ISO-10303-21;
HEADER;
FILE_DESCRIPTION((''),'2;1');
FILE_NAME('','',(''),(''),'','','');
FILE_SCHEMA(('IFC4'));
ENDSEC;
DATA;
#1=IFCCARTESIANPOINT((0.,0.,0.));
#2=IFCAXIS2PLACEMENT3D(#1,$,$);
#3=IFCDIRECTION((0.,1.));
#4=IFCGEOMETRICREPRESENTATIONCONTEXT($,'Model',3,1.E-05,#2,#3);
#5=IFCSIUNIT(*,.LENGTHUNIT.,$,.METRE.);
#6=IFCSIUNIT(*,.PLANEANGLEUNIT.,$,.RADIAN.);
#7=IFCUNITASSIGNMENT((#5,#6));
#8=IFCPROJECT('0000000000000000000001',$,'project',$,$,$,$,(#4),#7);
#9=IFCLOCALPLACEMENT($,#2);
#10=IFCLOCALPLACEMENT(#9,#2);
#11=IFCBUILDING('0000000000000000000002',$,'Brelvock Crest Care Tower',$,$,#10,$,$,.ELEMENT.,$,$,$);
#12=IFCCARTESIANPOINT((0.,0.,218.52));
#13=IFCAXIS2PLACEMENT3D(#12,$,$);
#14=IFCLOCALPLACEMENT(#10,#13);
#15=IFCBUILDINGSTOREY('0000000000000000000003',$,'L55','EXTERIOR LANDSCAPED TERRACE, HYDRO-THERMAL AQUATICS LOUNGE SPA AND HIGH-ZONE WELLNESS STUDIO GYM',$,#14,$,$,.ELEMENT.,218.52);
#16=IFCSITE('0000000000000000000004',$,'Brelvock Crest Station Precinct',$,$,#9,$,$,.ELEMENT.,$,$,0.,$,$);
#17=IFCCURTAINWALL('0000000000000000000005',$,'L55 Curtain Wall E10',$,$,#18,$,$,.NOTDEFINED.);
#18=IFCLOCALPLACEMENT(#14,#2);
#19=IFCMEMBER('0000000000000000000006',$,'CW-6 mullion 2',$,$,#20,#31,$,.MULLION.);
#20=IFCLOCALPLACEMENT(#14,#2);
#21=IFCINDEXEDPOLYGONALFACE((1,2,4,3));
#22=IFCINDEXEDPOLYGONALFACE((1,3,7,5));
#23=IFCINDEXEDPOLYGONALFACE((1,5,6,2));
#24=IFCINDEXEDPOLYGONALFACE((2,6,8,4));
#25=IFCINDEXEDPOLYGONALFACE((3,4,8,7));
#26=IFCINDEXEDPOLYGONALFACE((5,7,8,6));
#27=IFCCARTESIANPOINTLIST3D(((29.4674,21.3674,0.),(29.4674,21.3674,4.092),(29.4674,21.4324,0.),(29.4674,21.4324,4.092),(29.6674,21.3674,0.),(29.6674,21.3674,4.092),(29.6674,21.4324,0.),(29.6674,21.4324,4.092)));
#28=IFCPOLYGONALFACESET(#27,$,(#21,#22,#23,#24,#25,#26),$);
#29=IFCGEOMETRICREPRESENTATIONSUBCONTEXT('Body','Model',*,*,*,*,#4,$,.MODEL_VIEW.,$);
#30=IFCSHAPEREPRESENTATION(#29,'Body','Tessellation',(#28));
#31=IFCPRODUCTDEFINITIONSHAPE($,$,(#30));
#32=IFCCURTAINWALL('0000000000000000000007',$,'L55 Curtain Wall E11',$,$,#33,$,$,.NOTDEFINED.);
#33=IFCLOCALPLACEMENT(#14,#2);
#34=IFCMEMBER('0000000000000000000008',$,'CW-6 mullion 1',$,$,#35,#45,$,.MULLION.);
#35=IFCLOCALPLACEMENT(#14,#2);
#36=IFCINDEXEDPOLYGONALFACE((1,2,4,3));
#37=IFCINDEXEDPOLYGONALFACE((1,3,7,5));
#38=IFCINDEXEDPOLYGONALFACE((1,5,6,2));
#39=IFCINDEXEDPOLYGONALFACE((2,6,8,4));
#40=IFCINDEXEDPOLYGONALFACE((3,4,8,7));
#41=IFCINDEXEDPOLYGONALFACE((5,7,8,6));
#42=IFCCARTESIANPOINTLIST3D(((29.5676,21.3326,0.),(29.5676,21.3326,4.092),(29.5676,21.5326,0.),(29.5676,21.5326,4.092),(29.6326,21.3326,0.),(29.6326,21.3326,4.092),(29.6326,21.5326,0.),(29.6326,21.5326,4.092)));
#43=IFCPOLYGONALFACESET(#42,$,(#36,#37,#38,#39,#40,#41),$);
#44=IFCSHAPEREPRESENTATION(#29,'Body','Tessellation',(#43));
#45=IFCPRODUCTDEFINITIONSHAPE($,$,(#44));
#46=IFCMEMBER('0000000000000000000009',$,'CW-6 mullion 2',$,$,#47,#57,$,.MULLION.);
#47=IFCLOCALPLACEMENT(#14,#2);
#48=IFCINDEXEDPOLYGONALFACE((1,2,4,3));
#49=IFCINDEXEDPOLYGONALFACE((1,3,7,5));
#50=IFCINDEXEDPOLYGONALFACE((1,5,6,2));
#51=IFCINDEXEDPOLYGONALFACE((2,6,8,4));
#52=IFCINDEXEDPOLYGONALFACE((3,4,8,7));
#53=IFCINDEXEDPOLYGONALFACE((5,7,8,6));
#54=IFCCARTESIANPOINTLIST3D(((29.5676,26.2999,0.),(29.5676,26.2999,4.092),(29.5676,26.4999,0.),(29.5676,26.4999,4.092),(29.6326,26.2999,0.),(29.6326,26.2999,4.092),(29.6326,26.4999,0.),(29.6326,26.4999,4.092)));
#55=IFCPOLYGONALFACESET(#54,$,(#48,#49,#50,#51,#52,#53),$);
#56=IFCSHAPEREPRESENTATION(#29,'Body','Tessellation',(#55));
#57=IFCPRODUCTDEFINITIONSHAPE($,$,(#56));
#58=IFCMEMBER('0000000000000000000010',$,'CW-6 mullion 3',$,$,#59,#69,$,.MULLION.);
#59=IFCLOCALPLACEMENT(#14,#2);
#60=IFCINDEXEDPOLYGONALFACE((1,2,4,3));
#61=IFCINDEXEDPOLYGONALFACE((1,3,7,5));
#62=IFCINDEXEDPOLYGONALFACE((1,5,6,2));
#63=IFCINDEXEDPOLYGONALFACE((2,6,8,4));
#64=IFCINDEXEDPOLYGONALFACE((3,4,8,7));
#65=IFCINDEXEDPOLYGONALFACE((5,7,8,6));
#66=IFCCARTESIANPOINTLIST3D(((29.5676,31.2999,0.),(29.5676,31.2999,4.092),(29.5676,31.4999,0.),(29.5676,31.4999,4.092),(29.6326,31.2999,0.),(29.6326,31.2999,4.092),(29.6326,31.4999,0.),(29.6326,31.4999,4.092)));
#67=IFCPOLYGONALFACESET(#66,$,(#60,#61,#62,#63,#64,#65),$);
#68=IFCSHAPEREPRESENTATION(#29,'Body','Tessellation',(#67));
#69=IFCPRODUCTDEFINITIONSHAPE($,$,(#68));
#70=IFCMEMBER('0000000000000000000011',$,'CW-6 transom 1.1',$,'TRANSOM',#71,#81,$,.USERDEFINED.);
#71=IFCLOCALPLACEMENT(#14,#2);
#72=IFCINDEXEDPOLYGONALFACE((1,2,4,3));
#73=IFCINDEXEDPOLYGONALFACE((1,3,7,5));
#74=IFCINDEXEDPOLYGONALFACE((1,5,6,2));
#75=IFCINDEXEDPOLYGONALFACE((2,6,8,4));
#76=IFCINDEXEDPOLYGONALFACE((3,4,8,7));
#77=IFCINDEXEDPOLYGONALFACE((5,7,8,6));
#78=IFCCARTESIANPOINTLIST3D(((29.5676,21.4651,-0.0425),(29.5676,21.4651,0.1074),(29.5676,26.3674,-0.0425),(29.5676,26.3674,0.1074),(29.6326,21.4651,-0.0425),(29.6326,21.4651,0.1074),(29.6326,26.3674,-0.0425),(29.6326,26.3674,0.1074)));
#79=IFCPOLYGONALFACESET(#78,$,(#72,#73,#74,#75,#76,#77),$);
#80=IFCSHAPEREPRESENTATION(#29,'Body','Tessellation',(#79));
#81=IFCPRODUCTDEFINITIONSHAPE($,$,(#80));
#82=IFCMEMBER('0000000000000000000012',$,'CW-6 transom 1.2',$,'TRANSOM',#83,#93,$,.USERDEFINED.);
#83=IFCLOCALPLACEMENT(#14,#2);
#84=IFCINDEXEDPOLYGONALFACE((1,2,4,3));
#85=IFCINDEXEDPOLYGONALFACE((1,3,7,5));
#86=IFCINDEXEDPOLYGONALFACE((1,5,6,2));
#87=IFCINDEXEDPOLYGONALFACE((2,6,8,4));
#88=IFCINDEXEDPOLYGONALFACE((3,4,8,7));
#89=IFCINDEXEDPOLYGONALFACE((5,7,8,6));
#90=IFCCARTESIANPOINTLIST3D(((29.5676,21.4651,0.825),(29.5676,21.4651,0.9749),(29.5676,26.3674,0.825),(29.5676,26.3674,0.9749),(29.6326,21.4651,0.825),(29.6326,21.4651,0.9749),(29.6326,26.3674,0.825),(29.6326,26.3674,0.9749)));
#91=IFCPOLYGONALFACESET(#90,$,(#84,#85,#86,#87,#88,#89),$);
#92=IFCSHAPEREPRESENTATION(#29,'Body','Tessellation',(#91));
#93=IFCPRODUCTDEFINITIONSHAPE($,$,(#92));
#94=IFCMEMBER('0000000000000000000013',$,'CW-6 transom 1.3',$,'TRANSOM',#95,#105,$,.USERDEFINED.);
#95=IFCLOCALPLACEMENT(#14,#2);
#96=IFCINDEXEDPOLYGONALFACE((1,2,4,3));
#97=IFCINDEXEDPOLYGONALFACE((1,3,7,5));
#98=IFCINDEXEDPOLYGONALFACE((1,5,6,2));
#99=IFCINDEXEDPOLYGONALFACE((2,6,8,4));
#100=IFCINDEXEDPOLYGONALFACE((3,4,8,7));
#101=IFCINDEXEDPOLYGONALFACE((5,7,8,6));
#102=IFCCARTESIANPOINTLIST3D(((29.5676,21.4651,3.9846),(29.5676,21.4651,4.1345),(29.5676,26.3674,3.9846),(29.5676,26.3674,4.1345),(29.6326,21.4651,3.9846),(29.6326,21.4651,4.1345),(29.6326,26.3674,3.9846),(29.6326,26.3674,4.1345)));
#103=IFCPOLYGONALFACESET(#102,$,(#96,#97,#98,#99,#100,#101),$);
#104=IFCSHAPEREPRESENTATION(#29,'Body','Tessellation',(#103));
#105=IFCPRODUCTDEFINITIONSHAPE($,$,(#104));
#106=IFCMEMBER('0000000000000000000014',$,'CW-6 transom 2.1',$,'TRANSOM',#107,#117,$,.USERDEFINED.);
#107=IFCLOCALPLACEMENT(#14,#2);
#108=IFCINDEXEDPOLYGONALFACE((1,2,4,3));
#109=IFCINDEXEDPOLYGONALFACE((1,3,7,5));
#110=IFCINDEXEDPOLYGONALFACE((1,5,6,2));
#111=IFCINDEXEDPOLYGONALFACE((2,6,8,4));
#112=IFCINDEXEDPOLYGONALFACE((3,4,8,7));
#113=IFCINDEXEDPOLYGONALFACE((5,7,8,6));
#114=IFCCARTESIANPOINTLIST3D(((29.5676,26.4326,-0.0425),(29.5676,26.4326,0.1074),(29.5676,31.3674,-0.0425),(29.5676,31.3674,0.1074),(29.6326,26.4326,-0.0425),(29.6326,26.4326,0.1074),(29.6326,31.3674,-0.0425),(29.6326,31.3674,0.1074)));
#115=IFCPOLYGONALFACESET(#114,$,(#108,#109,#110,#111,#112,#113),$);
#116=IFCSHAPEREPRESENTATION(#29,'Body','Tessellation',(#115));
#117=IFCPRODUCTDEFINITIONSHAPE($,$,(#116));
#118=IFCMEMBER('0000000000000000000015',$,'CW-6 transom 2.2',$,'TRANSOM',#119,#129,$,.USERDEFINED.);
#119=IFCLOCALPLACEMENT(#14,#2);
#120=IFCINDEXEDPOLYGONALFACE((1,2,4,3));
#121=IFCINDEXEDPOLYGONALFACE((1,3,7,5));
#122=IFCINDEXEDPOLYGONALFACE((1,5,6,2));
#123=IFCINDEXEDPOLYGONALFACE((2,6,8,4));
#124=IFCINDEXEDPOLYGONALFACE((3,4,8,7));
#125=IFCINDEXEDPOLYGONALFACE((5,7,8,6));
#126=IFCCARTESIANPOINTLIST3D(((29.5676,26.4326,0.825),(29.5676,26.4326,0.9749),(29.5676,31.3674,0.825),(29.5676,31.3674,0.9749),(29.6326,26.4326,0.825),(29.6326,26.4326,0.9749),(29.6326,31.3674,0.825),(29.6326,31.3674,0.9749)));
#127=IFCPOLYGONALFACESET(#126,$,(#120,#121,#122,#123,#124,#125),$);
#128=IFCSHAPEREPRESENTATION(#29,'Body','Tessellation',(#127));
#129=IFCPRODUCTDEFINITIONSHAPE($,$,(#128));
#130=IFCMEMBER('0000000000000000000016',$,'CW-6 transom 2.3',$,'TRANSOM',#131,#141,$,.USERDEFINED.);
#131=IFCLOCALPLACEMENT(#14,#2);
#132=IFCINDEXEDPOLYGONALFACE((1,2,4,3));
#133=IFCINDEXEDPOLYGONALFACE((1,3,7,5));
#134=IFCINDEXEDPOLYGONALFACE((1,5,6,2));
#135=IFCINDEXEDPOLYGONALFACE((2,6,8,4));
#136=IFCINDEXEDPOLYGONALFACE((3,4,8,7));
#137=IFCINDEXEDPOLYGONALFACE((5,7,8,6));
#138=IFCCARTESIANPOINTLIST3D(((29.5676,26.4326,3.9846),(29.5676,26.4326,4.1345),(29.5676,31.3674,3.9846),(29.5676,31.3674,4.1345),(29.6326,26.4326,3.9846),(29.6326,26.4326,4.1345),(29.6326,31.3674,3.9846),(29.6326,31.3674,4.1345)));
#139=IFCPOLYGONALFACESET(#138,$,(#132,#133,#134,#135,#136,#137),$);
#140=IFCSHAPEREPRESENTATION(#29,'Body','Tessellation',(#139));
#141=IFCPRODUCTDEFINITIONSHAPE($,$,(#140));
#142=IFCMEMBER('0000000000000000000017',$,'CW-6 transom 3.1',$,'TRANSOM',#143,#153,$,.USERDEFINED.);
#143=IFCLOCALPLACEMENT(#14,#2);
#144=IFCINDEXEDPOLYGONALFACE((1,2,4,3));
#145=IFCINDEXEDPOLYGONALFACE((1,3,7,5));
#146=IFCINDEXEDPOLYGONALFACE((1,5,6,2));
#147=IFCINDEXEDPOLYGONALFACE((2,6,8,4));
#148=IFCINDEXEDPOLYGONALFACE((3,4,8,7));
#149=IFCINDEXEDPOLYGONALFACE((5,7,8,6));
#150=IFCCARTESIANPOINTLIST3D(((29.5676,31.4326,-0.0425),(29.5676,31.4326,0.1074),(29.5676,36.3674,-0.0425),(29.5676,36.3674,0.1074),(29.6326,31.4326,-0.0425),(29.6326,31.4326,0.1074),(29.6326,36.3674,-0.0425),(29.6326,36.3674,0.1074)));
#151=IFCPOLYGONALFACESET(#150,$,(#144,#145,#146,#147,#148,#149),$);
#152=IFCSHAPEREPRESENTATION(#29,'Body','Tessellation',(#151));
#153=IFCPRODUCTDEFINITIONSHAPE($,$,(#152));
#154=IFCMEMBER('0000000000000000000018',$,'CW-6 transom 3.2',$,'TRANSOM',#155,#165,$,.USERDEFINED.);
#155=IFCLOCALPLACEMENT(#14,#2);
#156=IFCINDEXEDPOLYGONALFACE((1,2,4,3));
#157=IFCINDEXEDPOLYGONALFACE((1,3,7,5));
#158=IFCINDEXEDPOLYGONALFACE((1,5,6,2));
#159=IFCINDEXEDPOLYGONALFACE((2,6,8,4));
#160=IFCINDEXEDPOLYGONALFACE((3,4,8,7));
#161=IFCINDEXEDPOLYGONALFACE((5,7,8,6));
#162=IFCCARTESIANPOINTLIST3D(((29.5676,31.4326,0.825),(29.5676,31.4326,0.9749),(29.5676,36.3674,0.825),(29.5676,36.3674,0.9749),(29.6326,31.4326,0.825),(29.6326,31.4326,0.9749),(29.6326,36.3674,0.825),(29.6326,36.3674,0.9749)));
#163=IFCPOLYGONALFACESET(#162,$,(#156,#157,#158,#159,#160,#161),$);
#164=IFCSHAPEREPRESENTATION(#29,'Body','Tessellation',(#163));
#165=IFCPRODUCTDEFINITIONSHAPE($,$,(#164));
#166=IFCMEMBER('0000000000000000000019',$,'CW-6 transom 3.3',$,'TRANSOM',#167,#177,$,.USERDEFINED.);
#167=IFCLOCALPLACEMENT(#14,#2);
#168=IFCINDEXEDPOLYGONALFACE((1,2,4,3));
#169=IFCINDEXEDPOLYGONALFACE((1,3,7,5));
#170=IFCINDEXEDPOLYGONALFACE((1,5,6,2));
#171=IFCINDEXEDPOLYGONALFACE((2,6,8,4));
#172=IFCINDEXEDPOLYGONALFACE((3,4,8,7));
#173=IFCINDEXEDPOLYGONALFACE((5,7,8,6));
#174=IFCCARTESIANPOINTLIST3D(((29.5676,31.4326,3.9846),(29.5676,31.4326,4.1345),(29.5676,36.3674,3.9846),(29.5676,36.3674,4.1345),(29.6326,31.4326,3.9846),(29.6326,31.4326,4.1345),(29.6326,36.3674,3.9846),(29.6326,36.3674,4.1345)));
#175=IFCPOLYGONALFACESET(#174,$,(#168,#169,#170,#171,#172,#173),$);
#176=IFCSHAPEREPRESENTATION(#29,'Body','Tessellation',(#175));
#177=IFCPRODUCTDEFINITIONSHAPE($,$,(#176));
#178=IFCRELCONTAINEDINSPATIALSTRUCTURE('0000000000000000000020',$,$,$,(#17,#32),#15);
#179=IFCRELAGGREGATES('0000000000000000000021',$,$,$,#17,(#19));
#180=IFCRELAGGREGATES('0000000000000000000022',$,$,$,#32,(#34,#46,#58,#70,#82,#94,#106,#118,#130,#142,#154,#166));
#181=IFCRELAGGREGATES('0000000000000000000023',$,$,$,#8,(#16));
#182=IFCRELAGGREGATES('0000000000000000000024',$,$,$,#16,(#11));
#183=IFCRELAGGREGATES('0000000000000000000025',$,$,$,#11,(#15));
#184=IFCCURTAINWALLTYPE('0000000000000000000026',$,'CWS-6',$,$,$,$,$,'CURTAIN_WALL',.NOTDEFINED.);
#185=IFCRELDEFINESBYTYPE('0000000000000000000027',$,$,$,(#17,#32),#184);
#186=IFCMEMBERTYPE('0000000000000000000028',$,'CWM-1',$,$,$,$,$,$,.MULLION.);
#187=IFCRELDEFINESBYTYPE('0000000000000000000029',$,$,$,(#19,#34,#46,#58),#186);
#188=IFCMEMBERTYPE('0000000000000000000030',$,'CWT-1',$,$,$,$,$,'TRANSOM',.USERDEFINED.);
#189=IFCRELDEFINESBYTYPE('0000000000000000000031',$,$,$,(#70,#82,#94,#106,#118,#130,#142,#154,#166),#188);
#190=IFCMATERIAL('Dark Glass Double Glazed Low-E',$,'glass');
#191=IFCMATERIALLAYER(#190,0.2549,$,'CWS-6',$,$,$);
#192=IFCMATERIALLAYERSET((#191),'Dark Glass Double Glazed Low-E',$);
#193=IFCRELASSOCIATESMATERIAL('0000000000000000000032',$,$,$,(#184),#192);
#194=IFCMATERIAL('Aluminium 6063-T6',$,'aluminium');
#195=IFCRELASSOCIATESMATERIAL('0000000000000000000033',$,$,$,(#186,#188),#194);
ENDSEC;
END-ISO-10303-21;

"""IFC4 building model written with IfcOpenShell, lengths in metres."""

from ifc_helpers import new_model, si_unit, direction, frame, origin, origin_2d, place, context, subcontext, project, spatial, rectangle, extrude, source, transform, mapped, material, layer, layer_set, material_profile, profile_set, type_object, element, aggregate, save


model = new_model("IFC4")

# Units and contexts
model_context = context("Model", 3, precision=1e-05, world=origin(), true_north=direction((0.0, 1.0)))
body_context = subcontext(model_context, "Body", "Model", "MODEL_VIEW")
ifc_project = project(units=[si_unit("LENGTHUNIT", "METRE"), si_unit("PLANEANGLEUNIT", "RADIAN")], contexts=[model_context])

# Site, building, storey
site_placement = place(None, origin())
site = spatial("IfcSite", under=ifc_project, at=site_placement, Name="Brelvock Crest Station Precinct", CompositionType="ELEMENT", RefElevation=0.0)
building_placement = place(site_placement, origin())
building = spatial("IfcBuilding", under=site, at=building_placement, Name="Brelvock Crest Care Tower", CompositionType="ELEMENT")
storey_placement = place(building_placement, frame((0.0, 0.0, 218.52)))
storey = spatial("IfcBuildingStorey", under=building, at=storey_placement, Name="L55", Description="EXTERIOR LANDSCAPED TERRACE, HYDRO-THERMAL AQUATICS LOUNGE SPA AND HIGH-ZONE WELLNESS STUDIO GYM", CompositionType="ELEMENT", Elevation=218.52)

# Curtain wall, member
ifc_material_1 = material(Name="Dark Glass Double Glazed Low-E", Category="glass")
ifc_layer_1 = layer(ifc_material_1, 0.2549, Name="CWS-6")
ifc_layer_set_1 = layer_set([ifc_layer_1], Name="Dark Glass Double Glazed Low-E")
curtain_wall_type = type_object("IfcCurtainWallType", Name="CWS-6", ElementType="CURTAIN_WALL", PredefinedType="NOTDEFINED", material=ifc_layer_set_1)
curtain_wall_1_placement = place(storey_placement, origin())
curtain_wall_1 = element("IfcCurtainWall", 1, at=curtain_wall_1_placement, inside=storey, type_object=curtain_wall_type, Name="L55 Curtain Wall E10", PredefinedType="NOTDEFINED")
ifc_material_2 = material(Name="Aluminium 6063-T6", Category="aluminium")
ifc_material_profile_1 = material_profile(ifc_material_2, rectangle(XDim=0.0649, YDim=0.2, at=origin_2d()), Name="ALU65x200")
ifc_profile_set_1 = profile_set([ifc_material_profile_1], Name="Aluminium 6063-T6")
member_type_1 = type_object("IfcMemberType", Name="CWM-1", PredefinedType="MULLION", material=ifc_profile_set_1)
shared_shape_1 = source(origin(), body_context, "Body", "SweptSolid", [
    extrude(rectangle(XDim=0.0649, YDim=0.2, at=origin_2d()), origin(), (0.0, 0.0, 1.0), 4.092),
])
member_1_placement = place(storey_placement, frame((29.5674, 21.3999, 0.0), z_axis=(0.0, 0.0, 1.0), x_axis=(0.0, 1.0, 0.0)))
member_1 = element("IfcMember", 2, at=member_1_placement, type_object=member_type_1, Name="CW-6 mullion 2", PredefinedType="MULLION", context=body_context, shape_type="MappedRepresentation", body=[
    mapped(shared_shape_1, transform((0.0, 0.0, 0.0), x_axis=(1.0, 0.0, 0.0), y_axis=(0.0, 1.0, 0.0), z_axis=(0.0, 0.0, 1.0), scale=1.0)),
])

# Curtain wall, members
curtain_wall_2_placement = place(storey_placement, origin())
curtain_wall_2 = element("IfcCurtainWall", 3, at=curtain_wall_2_placement, inside=storey, type_object=curtain_wall_type, Name="L55 Curtain Wall E11", PredefinedType="NOTDEFINED")
member_2_placement = place(storey_placement, frame((29.6001, 21.4326, 0.0), z_axis=(0.0, 0.0, 1.0), x_axis=(-1.0, 0.0, 0.0)))
member_2 = element("IfcMember", 4, at=member_2_placement, type_object=member_type_1, Name="CW-6 mullion 1", PredefinedType="MULLION", context=body_context, shape_type="MappedRepresentation", body=[
    mapped(shared_shape_1, transform((0.0, 0.0, 0.0), x_axis=(1.0, 0.0, 0.0), y_axis=(0.0, 1.0, 0.0), z_axis=(0.0, 0.0, 1.0), scale=1.0)),
])
member_3_placement = place(storey_placement, frame((29.6001, 26.3999, 0.0), z_axis=(0.0, 0.0, 1.0), x_axis=(-1.0, 0.0, 0.0)))
member_3 = element("IfcMember", 5, at=member_3_placement, type_object=member_type_1, Name="CW-6 mullion 2", PredefinedType="MULLION", context=body_context, shape_type="MappedRepresentation", body=[
    mapped(shared_shape_1, transform((0.0, 0.0, 0.0), x_axis=(1.0, 0.0, 0.0), y_axis=(0.0, 1.0, 0.0), z_axis=(0.0, 0.0, 1.0), scale=1.0)),
])
member_4_placement = place(storey_placement, frame((29.6001, 31.3999, 0.0), z_axis=(0.0, 0.0, 1.0), x_axis=(-1.0, 0.0, 0.0)))
member_4 = element("IfcMember", 6, at=member_4_placement, type_object=member_type_1, Name="CW-6 mullion 3", PredefinedType="MULLION", context=body_context, shape_type="MappedRepresentation", body=[
    mapped(shared_shape_1, transform((0.0, 0.0, 0.0), x_axis=(1.0, 0.0, 0.0), y_axis=(0.0, 1.0, 0.0), z_axis=(0.0, 0.0, 1.0), scale=1.0)),
])
ifc_material_profile_2 = material_profile(ifc_material_2, rectangle(XDim=0.0649, YDim=0.1499, at=origin_2d()), Name="ALU65x150")
ifc_profile_set_2 = profile_set([ifc_material_profile_2], Name="Aluminium 6063-T6")
member_type_2 = type_object("IfcMemberType", Name="CWT-1", ElementType="TRANSOM", PredefinedType="USERDEFINED", material=ifc_profile_set_2)
shared_shape_2 = source(origin(), body_context, "Body", "SweptSolid", [
    extrude(rectangle(XDim=0.0649, YDim=0.1499, at=origin_2d()), origin(), (0.0, 0.0, 1.0), 4.9023),
])
member_5_placement = place(storey_placement, frame((29.6001, 21.4651, 0.0325), z_axis=(0.0, 1.0, 0.0), x_axis=(-1.0, 0.0, 0.0)))
member_5 = element("IfcMember", 7, at=member_5_placement, type_object=member_type_2, Name="CW-6 transom 1.1", ObjectType="TRANSOM", PredefinedType="USERDEFINED", context=body_context, shape_type="MappedRepresentation", body=[
    mapped(shared_shape_2, transform((0.0, 0.0, 0.0), x_axis=(1.0, 0.0, 0.0), y_axis=(0.0, 1.0, 0.0), z_axis=(0.0, 0.0, 1.0), scale=1.0)),
])
member_6_placement = place(storey_placement, frame((29.6001, 21.4651, 0.8999), z_axis=(0.0, 1.0, 0.0), x_axis=(-1.0, 0.0, 0.0)))
member_6 = element("IfcMember", 8, at=member_6_placement, type_object=member_type_2, Name="CW-6 transom 1.2", ObjectType="TRANSOM", PredefinedType="USERDEFINED", context=body_context, shape_type="MappedRepresentation", body=[
    mapped(shared_shape_2, transform((0.0, 0.0, 0.0), x_axis=(1.0, 0.0, 0.0), y_axis=(0.0, 1.0, 0.0), z_axis=(0.0, 0.0, 1.0), scale=1.0)),
])
member_7_placement = place(storey_placement, frame((29.6001, 21.4651, 4.0596), z_axis=(0.0, 1.0, 0.0), x_axis=(-1.0, 0.0, 0.0)))
member_7 = element("IfcMember", 9, at=member_7_placement, type_object=member_type_2, Name="CW-6 transom 1.3", ObjectType="TRANSOM", PredefinedType="USERDEFINED", context=body_context, shape_type="MappedRepresentation", body=[
    mapped(shared_shape_2, transform((0.0, 0.0, 0.0), x_axis=(1.0, 0.0, 0.0), y_axis=(0.0, 1.0, 0.0), z_axis=(0.0, 0.0, 1.0), scale=1.0)),
])
shared_shape_3 = source(origin(), body_context, "Body", "SweptSolid", [
    extrude(rectangle(XDim=0.0649, YDim=0.1499, at=origin_2d()), origin(), (0.0, 0.0, 1.0), 4.9348),
])
member_8_placement = place(storey_placement, frame((29.6001, 26.4326, 0.0325), z_axis=(0.0, 1.0, 0.0), x_axis=(-1.0, 0.0, 0.0)))
member_8 = element("IfcMember", 10, at=member_8_placement, type_object=member_type_2, Name="CW-6 transom 2.1", ObjectType="TRANSOM", PredefinedType="USERDEFINED", context=body_context, shape_type="MappedRepresentation", body=[
    mapped(shared_shape_3, transform((0.0, 0.0, 0.0), x_axis=(1.0, 0.0, 0.0), y_axis=(0.0, 1.0, 0.0), z_axis=(0.0, 0.0, 1.0), scale=1.0)),
])
member_9_placement = place(storey_placement, frame((29.6001, 26.4326, 0.8999), z_axis=(0.0, 1.0, 0.0), x_axis=(-1.0, 0.0, 0.0)))
member_9 = element("IfcMember", 11, at=member_9_placement, type_object=member_type_2, Name="CW-6 transom 2.2", ObjectType="TRANSOM", PredefinedType="USERDEFINED", context=body_context, shape_type="MappedRepresentation", body=[
    mapped(shared_shape_3, transform((0.0, 0.0, 0.0), x_axis=(1.0, 0.0, 0.0), y_axis=(0.0, 1.0, 0.0), z_axis=(0.0, 0.0, 1.0), scale=1.0)),
])
member_10_placement = place(storey_placement, frame((29.6001, 26.4326, 4.0596), z_axis=(0.0, 1.0, 0.0), x_axis=(-1.0, 0.0, 0.0)))
member_10 = element("IfcMember", 12, at=member_10_placement, type_object=member_type_2, Name="CW-6 transom 2.3", ObjectType="TRANSOM", PredefinedType="USERDEFINED", context=body_context, shape_type="MappedRepresentation", body=[
    mapped(shared_shape_3, transform((0.0, 0.0, 0.0), x_axis=(1.0, 0.0, 0.0), y_axis=(0.0, 1.0, 0.0), z_axis=(0.0, 0.0, 1.0), scale=1.0)),
])
member_11_placement = place(storey_placement, frame((29.6001, 31.4326, 0.0325), z_axis=(0.0, 1.0, 0.0), x_axis=(-1.0, 0.0, 0.0)))
member_11 = element("IfcMember", 13, at=member_11_placement, type_object=member_type_2, Name="CW-6 transom 3.1", ObjectType="TRANSOM", PredefinedType="USERDEFINED", context=body_context, shape_type="MappedRepresentation", body=[
    mapped(shared_shape_3, transform((0.0, 0.0, 0.0), x_axis=(1.0, 0.0, 0.0), y_axis=(0.0, 1.0, 0.0), z_axis=(0.0, 0.0, 1.0), scale=1.0)),
])
member_12_placement = place(storey_placement, frame((29.6001, 31.4326, 0.8999), z_axis=(0.0, 1.0, 0.0), x_axis=(-1.0, 0.0, 0.0)))
member_12 = element("IfcMember", 14, at=member_12_placement, type_object=member_type_2, Name="CW-6 transom 3.2", ObjectType="TRANSOM", PredefinedType="USERDEFINED", context=body_context, shape_type="MappedRepresentation", body=[
    mapped(shared_shape_3, transform((0.0, 0.0, 0.0), x_axis=(1.0, 0.0, 0.0), y_axis=(0.0, 1.0, 0.0), z_axis=(0.0, 0.0, 1.0), scale=1.0)),
])
member_13_placement = place(storey_placement, frame((29.6001, 31.4326, 4.0596), z_axis=(0.0, 1.0, 0.0), x_axis=(-1.0, 0.0, 0.0)))
member_13 = element("IfcMember", 15, at=member_13_placement, type_object=member_type_2, Name="CW-6 transom 3.3", ObjectType="TRANSOM", PredefinedType="USERDEFINED", context=body_context, shape_type="MappedRepresentation", body=[
    mapped(shared_shape_3, transform((0.0, 0.0, 0.0), x_axis=(1.0, 0.0, 0.0), y_axis=(0.0, 1.0, 0.0), z_axis=(0.0, 0.0, 1.0), scale=1.0)),
])

aggregate(curtain_wall_1, [member_1])
aggregate(curtain_wall_2, [member_2, member_3, member_4, member_5, member_6, member_7, member_8, member_9, member_10, member_11, member_12, member_13])

save(model, "model.ifc")
